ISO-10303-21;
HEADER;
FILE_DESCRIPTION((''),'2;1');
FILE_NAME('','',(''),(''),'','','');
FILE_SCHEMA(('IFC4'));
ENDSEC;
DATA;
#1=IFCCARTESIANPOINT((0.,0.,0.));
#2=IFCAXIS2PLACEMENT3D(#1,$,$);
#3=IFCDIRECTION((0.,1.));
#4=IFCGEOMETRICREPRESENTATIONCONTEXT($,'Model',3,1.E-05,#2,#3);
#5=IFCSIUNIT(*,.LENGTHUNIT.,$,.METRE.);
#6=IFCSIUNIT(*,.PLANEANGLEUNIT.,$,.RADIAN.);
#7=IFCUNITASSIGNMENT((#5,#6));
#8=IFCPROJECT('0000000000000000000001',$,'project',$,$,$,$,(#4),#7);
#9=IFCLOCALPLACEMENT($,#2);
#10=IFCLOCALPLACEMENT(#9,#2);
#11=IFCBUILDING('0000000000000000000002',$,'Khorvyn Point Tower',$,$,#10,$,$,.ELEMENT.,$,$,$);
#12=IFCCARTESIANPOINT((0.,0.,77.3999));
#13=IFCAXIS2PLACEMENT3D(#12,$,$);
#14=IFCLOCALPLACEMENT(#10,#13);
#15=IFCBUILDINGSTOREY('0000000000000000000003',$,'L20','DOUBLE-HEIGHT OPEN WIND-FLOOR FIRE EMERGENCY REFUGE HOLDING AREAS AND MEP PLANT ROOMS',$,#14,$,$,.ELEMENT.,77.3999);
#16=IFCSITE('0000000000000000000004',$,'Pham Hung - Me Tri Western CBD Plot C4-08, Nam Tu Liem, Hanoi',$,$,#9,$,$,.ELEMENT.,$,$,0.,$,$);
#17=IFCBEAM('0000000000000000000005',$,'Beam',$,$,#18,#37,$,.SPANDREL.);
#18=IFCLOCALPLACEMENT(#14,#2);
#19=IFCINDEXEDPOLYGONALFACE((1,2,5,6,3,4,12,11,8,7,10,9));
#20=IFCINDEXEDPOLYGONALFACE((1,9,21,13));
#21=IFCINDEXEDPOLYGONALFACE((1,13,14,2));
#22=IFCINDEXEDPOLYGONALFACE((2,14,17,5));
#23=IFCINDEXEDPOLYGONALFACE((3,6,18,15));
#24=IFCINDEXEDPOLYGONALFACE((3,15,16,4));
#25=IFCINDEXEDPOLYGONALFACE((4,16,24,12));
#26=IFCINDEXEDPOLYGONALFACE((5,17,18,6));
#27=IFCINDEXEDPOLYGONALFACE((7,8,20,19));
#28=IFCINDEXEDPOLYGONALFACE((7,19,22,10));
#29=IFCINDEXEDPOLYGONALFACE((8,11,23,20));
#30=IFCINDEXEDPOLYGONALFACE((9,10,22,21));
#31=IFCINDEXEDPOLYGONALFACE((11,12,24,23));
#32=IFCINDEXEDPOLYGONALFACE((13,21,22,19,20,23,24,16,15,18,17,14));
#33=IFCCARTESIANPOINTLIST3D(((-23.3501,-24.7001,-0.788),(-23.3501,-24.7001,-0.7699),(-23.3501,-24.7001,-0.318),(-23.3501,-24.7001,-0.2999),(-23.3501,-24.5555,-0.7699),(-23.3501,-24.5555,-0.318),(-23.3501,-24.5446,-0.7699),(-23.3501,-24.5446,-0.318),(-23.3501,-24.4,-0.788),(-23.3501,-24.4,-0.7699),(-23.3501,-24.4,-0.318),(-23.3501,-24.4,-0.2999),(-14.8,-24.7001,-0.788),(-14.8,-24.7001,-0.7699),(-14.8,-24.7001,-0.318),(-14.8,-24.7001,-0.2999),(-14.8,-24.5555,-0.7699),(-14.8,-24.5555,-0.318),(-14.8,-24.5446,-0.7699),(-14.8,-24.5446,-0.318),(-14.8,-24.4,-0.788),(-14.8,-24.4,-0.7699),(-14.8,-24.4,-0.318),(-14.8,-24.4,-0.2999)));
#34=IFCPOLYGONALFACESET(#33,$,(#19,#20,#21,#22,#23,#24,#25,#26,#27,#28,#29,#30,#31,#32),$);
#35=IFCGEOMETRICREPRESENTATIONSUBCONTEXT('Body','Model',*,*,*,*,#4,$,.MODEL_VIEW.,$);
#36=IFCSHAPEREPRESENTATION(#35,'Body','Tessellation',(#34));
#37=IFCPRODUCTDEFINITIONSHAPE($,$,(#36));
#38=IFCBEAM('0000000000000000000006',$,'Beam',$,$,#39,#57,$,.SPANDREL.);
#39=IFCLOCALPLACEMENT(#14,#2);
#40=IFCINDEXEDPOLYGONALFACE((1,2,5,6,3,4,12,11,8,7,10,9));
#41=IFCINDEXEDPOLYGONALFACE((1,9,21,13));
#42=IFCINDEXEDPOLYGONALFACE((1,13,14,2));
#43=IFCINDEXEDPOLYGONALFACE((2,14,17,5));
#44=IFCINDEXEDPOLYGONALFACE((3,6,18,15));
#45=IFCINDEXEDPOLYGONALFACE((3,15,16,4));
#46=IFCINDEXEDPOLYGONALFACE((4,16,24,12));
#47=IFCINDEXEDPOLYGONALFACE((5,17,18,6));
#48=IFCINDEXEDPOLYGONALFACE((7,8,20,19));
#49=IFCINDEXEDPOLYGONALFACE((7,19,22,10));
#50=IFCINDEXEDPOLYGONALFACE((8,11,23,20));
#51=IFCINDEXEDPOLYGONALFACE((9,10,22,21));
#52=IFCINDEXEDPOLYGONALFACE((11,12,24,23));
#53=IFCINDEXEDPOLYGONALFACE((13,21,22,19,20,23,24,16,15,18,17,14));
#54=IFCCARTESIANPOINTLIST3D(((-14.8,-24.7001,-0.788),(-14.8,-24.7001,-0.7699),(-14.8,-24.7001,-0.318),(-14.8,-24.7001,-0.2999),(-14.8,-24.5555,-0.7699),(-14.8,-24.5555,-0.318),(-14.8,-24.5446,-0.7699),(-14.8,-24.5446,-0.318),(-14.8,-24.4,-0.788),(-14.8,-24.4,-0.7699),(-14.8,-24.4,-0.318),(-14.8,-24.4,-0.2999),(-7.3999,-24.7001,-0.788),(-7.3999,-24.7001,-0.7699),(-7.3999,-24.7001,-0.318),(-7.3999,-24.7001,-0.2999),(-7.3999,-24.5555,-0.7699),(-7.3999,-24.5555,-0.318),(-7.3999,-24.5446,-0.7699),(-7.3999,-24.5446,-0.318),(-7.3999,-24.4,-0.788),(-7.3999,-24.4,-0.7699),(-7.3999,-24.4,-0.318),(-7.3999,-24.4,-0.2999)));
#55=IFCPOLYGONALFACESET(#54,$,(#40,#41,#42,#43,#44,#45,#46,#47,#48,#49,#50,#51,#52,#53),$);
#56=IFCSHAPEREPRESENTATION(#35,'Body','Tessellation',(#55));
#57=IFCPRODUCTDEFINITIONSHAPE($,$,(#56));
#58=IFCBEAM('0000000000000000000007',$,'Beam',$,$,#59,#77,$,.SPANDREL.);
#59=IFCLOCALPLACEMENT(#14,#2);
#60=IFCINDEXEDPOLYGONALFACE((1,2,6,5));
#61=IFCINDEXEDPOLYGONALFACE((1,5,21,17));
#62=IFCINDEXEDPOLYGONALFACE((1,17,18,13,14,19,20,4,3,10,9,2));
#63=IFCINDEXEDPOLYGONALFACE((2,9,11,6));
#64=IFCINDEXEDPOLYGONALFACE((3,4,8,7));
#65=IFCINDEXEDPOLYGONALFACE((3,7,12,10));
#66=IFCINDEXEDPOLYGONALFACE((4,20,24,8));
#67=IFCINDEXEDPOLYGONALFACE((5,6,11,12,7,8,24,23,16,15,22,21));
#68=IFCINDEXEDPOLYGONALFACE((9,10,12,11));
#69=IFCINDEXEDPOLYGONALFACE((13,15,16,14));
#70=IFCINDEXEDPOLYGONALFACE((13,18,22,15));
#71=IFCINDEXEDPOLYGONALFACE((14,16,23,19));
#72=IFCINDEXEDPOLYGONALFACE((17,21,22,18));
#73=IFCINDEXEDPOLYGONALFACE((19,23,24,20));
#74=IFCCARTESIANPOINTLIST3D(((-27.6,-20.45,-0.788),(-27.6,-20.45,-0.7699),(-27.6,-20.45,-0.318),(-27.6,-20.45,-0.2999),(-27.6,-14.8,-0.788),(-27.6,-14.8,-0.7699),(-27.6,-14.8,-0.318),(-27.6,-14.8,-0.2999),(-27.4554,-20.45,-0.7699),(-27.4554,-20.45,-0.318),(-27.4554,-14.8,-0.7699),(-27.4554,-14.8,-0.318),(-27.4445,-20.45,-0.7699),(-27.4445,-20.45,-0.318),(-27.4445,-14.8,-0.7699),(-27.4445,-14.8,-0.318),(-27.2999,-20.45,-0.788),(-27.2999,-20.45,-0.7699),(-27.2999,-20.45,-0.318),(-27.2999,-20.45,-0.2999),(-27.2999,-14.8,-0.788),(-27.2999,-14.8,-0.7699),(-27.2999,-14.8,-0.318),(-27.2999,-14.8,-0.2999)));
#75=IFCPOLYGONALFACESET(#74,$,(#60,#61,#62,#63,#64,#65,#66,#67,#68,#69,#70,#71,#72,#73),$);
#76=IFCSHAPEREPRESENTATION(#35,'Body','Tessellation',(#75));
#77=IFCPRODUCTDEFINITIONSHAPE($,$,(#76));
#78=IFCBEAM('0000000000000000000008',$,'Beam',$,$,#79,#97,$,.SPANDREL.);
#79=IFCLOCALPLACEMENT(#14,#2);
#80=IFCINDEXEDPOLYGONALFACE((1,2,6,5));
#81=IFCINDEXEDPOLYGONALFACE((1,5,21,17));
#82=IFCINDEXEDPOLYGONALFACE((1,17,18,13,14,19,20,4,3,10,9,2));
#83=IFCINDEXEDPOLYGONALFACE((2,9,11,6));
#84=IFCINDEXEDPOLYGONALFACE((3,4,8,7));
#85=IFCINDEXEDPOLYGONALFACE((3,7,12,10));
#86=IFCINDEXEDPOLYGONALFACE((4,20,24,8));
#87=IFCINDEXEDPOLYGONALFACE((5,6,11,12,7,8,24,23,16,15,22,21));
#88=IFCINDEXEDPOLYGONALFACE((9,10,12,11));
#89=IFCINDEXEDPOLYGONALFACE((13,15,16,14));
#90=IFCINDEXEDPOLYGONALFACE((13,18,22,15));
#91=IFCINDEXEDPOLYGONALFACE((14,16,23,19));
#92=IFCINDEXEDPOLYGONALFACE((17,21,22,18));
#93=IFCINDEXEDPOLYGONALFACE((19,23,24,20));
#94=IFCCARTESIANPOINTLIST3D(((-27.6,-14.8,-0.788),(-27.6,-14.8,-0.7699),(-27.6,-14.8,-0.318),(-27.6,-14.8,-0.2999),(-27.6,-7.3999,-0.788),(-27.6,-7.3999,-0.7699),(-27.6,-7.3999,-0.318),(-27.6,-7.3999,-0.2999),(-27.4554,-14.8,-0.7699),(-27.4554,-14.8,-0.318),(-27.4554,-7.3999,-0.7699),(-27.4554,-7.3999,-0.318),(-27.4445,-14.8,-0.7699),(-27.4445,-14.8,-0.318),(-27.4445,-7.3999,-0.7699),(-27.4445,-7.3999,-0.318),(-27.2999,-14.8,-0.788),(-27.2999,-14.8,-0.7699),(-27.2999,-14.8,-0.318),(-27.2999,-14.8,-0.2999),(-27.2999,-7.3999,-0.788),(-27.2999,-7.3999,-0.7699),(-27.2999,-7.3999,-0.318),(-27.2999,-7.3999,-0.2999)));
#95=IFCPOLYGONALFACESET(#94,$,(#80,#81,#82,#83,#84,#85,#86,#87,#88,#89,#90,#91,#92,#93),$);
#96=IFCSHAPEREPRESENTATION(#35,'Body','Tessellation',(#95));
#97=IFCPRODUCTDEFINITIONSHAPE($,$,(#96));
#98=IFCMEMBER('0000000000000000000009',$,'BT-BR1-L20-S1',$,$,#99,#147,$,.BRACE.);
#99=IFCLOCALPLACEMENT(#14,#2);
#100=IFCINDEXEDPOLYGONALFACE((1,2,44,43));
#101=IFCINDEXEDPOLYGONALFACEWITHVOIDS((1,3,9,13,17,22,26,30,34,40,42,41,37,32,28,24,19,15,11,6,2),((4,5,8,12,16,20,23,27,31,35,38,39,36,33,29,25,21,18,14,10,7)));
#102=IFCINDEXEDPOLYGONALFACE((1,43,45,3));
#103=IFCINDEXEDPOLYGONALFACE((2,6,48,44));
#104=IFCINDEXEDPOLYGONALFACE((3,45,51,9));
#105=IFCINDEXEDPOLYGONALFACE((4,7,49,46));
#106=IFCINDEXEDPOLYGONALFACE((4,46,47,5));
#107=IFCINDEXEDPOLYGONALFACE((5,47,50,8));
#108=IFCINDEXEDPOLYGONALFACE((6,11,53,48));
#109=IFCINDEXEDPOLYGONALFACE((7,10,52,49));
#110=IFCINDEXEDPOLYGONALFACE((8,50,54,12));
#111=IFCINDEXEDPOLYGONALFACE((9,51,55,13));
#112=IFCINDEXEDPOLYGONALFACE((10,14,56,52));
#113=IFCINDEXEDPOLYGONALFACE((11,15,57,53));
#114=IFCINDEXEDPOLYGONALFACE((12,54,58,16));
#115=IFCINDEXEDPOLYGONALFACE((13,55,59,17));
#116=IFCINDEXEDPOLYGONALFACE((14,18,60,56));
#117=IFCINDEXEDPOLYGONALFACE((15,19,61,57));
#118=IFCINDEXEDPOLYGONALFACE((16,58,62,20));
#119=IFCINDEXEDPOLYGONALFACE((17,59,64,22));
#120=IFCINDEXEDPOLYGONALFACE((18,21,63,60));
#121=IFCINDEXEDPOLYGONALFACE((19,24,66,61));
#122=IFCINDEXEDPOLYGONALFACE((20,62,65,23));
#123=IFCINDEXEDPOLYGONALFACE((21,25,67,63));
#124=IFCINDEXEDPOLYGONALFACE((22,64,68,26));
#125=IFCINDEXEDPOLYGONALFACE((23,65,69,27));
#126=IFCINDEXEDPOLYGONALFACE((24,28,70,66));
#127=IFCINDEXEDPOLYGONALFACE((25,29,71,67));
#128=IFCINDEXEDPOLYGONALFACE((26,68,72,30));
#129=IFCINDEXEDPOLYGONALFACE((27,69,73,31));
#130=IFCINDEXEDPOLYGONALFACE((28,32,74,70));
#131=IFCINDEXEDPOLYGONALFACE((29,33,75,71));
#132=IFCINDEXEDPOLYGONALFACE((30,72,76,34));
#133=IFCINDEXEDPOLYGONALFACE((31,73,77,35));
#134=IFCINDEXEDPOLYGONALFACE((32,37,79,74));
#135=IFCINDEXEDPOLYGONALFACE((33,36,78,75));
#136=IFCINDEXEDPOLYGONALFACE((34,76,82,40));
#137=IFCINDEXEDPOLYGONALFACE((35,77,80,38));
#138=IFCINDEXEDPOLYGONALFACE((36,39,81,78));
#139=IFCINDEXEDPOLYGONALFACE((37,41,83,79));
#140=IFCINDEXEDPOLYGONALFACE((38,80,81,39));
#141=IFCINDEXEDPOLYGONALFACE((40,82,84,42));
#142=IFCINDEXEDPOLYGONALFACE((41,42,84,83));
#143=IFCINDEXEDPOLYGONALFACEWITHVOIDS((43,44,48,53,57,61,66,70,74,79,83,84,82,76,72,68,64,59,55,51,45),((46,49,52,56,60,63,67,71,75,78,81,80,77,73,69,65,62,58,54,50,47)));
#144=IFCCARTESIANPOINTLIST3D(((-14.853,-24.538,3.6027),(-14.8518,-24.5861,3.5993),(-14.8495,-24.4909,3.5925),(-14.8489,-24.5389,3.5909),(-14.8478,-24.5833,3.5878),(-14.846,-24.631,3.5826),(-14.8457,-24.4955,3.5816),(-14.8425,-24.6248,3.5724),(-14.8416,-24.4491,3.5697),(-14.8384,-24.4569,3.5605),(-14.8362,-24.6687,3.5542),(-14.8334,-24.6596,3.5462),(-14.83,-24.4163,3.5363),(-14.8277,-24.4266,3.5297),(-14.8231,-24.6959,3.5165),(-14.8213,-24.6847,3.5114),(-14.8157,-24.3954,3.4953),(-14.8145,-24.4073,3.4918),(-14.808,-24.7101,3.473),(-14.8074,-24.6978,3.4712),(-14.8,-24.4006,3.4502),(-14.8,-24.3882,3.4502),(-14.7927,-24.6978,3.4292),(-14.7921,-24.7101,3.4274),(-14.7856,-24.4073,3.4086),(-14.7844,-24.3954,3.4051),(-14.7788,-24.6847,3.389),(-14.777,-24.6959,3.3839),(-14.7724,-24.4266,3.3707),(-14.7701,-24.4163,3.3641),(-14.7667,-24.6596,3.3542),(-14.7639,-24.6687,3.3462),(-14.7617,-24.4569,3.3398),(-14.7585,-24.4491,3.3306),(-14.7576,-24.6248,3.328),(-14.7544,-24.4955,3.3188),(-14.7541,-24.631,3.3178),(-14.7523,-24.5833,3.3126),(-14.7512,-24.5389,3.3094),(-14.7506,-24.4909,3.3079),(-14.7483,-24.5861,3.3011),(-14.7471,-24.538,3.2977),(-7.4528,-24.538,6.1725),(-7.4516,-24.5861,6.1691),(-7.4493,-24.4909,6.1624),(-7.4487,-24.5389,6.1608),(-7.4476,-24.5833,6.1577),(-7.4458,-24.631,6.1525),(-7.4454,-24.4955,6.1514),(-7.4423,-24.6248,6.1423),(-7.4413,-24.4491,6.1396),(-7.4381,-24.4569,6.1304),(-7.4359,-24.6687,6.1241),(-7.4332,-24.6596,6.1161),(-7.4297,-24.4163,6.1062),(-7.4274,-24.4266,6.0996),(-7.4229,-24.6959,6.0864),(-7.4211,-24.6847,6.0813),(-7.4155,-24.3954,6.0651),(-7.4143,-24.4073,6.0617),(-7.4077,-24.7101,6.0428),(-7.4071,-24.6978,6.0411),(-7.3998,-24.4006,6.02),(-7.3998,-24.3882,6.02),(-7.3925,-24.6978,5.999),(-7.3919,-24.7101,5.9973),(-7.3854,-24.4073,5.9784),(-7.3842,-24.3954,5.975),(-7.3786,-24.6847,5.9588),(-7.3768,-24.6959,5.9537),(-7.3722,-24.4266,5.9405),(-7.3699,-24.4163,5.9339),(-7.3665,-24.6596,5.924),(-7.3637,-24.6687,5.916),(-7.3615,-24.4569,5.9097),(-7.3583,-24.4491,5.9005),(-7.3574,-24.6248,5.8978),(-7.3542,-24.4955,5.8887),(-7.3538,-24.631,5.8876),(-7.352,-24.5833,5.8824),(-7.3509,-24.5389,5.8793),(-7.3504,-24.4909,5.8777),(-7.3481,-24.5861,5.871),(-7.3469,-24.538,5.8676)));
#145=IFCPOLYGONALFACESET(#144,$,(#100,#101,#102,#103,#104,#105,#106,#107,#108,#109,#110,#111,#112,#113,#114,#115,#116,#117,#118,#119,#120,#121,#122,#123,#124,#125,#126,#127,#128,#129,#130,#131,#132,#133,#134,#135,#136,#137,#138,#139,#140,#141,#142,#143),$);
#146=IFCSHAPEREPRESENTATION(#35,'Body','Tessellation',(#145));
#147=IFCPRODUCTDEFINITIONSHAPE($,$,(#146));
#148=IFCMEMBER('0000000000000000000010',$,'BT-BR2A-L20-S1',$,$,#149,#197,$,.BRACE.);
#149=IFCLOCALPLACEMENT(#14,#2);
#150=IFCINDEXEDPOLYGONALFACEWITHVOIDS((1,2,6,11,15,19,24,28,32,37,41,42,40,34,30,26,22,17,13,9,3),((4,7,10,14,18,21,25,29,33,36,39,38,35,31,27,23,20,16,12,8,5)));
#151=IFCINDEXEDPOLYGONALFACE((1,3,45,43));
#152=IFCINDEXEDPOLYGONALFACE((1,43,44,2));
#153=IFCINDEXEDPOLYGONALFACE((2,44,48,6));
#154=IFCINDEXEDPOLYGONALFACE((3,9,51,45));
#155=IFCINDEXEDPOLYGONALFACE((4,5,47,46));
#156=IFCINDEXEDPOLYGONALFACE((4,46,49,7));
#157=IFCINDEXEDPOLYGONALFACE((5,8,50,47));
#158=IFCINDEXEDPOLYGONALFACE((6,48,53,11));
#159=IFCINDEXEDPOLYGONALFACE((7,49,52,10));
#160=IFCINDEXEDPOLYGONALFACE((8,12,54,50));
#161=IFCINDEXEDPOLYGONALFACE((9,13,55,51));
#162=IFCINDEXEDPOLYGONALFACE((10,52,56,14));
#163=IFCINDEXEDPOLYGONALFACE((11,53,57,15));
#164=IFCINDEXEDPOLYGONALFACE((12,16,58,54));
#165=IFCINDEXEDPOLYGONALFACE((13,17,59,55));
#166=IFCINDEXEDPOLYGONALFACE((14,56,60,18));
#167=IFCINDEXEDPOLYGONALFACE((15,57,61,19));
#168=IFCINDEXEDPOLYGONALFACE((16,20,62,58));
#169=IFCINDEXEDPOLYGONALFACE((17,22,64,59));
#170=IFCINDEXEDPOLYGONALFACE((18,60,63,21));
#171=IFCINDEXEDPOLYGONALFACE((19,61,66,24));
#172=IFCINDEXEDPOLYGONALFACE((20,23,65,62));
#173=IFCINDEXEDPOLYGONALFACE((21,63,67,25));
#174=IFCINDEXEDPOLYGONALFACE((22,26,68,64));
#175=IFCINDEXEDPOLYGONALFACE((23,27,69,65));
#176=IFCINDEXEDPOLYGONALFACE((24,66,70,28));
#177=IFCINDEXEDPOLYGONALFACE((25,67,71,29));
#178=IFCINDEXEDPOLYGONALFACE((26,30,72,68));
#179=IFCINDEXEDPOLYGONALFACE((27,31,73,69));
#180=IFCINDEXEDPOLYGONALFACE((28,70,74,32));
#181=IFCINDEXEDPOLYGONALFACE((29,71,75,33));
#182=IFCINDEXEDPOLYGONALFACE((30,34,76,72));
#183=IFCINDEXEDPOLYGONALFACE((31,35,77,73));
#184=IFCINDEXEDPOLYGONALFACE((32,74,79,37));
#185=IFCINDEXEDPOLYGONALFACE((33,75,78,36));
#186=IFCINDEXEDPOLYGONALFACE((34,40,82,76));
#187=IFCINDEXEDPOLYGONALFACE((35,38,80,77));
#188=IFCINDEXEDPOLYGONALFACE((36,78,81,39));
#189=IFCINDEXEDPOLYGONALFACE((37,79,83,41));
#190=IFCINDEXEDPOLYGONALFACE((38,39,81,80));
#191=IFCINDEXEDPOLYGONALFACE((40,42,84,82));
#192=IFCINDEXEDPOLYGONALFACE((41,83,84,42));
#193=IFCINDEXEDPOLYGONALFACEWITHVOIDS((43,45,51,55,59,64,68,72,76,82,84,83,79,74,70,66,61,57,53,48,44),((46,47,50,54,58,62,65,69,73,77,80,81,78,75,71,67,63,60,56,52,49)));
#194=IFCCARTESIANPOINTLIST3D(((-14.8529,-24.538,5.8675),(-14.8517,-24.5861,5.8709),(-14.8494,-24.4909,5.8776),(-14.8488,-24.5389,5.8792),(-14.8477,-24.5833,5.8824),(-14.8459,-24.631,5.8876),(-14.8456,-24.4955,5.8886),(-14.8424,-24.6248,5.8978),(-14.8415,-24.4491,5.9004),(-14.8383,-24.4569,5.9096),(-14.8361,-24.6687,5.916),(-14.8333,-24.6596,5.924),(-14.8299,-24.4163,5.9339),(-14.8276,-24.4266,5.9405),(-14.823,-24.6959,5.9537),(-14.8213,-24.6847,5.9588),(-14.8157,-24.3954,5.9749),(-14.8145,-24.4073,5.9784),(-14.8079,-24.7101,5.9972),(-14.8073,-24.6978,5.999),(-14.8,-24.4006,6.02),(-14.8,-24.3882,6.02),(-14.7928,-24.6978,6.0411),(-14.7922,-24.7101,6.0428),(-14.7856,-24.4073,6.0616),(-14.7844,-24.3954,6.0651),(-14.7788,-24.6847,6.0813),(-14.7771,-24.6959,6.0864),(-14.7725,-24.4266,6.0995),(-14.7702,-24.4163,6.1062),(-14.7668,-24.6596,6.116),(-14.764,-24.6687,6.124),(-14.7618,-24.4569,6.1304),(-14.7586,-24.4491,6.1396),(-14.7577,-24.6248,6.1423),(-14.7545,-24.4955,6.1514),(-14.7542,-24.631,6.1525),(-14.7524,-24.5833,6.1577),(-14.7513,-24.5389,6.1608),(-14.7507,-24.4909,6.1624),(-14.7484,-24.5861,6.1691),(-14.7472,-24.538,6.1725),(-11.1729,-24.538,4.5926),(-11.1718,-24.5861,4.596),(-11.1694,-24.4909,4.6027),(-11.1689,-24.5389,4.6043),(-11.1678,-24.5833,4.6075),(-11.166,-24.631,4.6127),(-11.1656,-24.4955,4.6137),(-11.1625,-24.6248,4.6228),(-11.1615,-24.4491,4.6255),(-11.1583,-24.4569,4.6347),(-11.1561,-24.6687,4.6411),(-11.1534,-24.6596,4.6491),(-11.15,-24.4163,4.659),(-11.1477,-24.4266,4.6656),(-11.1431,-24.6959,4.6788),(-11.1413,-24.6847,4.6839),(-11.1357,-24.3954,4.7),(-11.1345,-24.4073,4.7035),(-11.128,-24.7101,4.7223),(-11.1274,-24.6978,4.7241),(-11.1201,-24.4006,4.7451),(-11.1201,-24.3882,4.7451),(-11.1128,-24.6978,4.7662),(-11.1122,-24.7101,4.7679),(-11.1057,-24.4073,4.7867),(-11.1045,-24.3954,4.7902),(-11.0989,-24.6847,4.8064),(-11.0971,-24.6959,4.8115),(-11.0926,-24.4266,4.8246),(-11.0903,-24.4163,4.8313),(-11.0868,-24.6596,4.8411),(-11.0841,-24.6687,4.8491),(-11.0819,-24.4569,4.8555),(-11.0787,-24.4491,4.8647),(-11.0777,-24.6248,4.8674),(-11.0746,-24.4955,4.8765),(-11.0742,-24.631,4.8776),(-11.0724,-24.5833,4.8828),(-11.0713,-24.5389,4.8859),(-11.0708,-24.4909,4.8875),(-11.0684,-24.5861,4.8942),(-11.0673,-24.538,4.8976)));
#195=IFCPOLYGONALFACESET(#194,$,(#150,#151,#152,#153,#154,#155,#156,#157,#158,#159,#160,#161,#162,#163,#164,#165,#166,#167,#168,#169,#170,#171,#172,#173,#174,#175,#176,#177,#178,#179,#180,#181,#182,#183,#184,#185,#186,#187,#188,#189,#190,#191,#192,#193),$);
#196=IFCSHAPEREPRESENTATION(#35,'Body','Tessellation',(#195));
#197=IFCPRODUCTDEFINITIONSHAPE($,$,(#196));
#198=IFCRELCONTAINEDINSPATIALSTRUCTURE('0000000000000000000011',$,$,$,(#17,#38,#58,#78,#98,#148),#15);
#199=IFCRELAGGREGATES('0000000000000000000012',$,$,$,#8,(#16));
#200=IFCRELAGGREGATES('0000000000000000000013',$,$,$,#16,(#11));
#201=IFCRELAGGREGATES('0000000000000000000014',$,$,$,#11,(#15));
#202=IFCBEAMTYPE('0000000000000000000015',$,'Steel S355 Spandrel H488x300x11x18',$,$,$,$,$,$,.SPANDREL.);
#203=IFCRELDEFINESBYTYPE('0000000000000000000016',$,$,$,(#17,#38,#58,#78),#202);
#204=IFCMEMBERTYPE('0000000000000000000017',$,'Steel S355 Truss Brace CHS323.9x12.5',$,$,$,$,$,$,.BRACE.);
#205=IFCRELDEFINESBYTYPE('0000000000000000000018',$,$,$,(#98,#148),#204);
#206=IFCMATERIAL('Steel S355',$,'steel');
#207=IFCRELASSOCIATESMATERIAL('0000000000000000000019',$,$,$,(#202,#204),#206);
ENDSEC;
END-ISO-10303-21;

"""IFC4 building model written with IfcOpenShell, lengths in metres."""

from ifc_helpers import new_model, si_unit, direction, frame, origin, origin_2d, place, context, subcontext, project, spatial, hollow_circle, i_section, extrude, material, material_profile, profile_set, type_object, element, save


model = new_model("IFC4")

# Units and contexts
model_context = context("Model", 3, precision=1e-05, world=origin(), true_north=direction((0.0, 1.0)))
body_context = subcontext(model_context, "Body", "Model", "MODEL_VIEW")
ifc_project = project(units=[si_unit("LENGTHUNIT", "METRE"), si_unit("PLANEANGLEUNIT", "RADIAN")], contexts=[model_context])

# Site, building, storey
site_placement = place(None, origin())
site = spatial("IfcSite", under=ifc_project, at=site_placement, Name="Pham Hung - Me Tri Western CBD Plot C4-08, Nam Tu Liem, Hanoi", CompositionType="ELEMENT", RefElevation=0.0)
building_placement = place(site_placement, origin())
building = spatial("IfcBuilding", under=site, at=building_placement, Name="Khorvyn Point Tower", CompositionType="ELEMENT")
storey_placement = place(building_placement, frame((0.0, 0.0, 77.3999)))
storey = spatial("IfcBuildingStorey", under=building, at=storey_placement, Name="L20", Description="DOUBLE-HEIGHT OPEN WIND-FLOOR FIRE EMERGENCY REFUGE HOLDING AREAS AND MEP PLANT ROOMS", CompositionType="ELEMENT", Elevation=77.3999)

# Beams
ifc_material_1 = material(Name="Steel S355", Category="steel")
ifc_material_profile_1 = material_profile(ifc_material_1, i_section(OverallWidth=0.3, OverallDepth=0.488, WebThickness=0.011, FlangeThickness=0.0181, at=origin_2d()))
ifc_profile_set_1 = profile_set([ifc_material_profile_1], Name="Steel S355 H488x300x11x18")
beam_type_1 = type_object("IfcBeamType", Name="Steel S355 Spandrel H488x300x11x18", PredefinedType="SPANDREL", material=ifc_profile_set_1)
beam_1_placement = place(storey_placement, frame((-23.3501, -24.55, -0.5439), z_axis=(1.0, 0.0, 0.0), x_axis=(0.0, 1.0, 0.0)))
element("IfcBeam", 1, at=beam_1_placement, inside=storey, type_object=beam_type_1, Name="Beam", PredefinedType="SPANDREL", context=body_context, shape_type="SweptSolid", body=[
    extrude(i_section(OverallWidth=0.3, OverallDepth=0.488, WebThickness=0.011, FlangeThickness=0.0181, at=origin_2d()), origin(), (0.0, 0.0, 1.0), 8.55),
])
beam_2_placement = place(storey_placement, frame((-14.8, -24.55, -0.5439), z_axis=(1.0, 0.0, 0.0), x_axis=(0.0, 1.0, 0.0)))
element("IfcBeam", 2, at=beam_2_placement, inside=storey, type_object=beam_type_1, Name="Beam", PredefinedType="SPANDREL", context=body_context, shape_type="SweptSolid", body=[
    extrude(i_section(OverallWidth=0.3, OverallDepth=0.488, WebThickness=0.011, FlangeThickness=0.0181, at=origin_2d()), origin(), (0.0, 0.0, 1.0), 7.4001),
])
beam_3_placement = place(storey_placement, frame((-27.45, -20.45, -0.5439), z_axis=(0.0, 1.0, 0.0), x_axis=(-1.0, 0.0, 0.0)))
element("IfcBeam", 3, at=beam_3_placement, inside=storey, type_object=beam_type_1, Name="Beam", PredefinedType="SPANDREL", context=body_context, shape_type="SweptSolid", body=[
    extrude(i_section(OverallWidth=0.3, OverallDepth=0.488, WebThickness=0.011, FlangeThickness=0.0181, at=origin_2d()), origin(), (0.0, 0.0, 1.0), 5.6499),
])
beam_4_placement = place(storey_placement, frame((-27.45, -14.8, -0.5439), z_axis=(0.0, 1.0, 0.0), x_axis=(-1.0, 0.0, 0.0)))
element("IfcBeam", 4, at=beam_4_placement, inside=storey, type_object=beam_type_1, Name="Beam", PredefinedType="SPANDREL", context=body_context, shape_type="SweptSolid", body=[
    extrude(i_section(OverallWidth=0.3, OverallDepth=0.488, WebThickness=0.011, FlangeThickness=0.0181, at=origin_2d()), origin(), (0.0, 0.0, 1.0), 7.4001),
])

# Members
ifc_material_profile_2 = material_profile(ifc_material_1, hollow_circle(Radius=0.1619, WallThickness=0.0125, at=origin_2d()))
ifc_profile_set_2 = profile_set([ifc_material_profile_2], Name="Steel S355 CHS323.9x12.5")
member_type_1 = type_object("IfcMemberType", Name="Steel S355 Truss Brace CHS323.9x12.5", PredefinedType="BRACE", material=ifc_profile_set_2)
member_1_placement = place(storey_placement, frame((-14.8, -24.55, 3.4502), z_axis=(0.944661, 0.0, 0.328049), x_axis=(0.0, 1.0, 0.0)))
element("IfcMember", 5, at=member_1_placement, inside=storey, type_object=member_type_1, Name="BT-BR1-L20-S1", PredefinedType="BRACE", context=body_context, shape_type="SweptSolid", body=[
    extrude(hollow_circle(Radius=0.1619, WallThickness=0.0125, at=origin_2d()), origin(), (0.0, 0.0, 1.0), 7.8337),
])
member_2_placement = place(storey_placement, frame((-14.8, -24.55, 6.02), z_axis=(0.9449, 0.0, -0.327358), x_axis=(0.0, 1.0, 0.0)))
element("IfcMember", 6, at=member_2_placement, inside=storey, type_object=member_type_1, Name="BT-BR2A-L20-S1", PredefinedType="BRACE", context=body_context, shape_type="SweptSolid", body=[
    extrude(hollow_circle(Radius=0.1619, WallThickness=0.0125, at=origin_2d()), origin(), (0.0, 0.0, 1.0), 3.8945),
])

save(model, "model.ifc")
